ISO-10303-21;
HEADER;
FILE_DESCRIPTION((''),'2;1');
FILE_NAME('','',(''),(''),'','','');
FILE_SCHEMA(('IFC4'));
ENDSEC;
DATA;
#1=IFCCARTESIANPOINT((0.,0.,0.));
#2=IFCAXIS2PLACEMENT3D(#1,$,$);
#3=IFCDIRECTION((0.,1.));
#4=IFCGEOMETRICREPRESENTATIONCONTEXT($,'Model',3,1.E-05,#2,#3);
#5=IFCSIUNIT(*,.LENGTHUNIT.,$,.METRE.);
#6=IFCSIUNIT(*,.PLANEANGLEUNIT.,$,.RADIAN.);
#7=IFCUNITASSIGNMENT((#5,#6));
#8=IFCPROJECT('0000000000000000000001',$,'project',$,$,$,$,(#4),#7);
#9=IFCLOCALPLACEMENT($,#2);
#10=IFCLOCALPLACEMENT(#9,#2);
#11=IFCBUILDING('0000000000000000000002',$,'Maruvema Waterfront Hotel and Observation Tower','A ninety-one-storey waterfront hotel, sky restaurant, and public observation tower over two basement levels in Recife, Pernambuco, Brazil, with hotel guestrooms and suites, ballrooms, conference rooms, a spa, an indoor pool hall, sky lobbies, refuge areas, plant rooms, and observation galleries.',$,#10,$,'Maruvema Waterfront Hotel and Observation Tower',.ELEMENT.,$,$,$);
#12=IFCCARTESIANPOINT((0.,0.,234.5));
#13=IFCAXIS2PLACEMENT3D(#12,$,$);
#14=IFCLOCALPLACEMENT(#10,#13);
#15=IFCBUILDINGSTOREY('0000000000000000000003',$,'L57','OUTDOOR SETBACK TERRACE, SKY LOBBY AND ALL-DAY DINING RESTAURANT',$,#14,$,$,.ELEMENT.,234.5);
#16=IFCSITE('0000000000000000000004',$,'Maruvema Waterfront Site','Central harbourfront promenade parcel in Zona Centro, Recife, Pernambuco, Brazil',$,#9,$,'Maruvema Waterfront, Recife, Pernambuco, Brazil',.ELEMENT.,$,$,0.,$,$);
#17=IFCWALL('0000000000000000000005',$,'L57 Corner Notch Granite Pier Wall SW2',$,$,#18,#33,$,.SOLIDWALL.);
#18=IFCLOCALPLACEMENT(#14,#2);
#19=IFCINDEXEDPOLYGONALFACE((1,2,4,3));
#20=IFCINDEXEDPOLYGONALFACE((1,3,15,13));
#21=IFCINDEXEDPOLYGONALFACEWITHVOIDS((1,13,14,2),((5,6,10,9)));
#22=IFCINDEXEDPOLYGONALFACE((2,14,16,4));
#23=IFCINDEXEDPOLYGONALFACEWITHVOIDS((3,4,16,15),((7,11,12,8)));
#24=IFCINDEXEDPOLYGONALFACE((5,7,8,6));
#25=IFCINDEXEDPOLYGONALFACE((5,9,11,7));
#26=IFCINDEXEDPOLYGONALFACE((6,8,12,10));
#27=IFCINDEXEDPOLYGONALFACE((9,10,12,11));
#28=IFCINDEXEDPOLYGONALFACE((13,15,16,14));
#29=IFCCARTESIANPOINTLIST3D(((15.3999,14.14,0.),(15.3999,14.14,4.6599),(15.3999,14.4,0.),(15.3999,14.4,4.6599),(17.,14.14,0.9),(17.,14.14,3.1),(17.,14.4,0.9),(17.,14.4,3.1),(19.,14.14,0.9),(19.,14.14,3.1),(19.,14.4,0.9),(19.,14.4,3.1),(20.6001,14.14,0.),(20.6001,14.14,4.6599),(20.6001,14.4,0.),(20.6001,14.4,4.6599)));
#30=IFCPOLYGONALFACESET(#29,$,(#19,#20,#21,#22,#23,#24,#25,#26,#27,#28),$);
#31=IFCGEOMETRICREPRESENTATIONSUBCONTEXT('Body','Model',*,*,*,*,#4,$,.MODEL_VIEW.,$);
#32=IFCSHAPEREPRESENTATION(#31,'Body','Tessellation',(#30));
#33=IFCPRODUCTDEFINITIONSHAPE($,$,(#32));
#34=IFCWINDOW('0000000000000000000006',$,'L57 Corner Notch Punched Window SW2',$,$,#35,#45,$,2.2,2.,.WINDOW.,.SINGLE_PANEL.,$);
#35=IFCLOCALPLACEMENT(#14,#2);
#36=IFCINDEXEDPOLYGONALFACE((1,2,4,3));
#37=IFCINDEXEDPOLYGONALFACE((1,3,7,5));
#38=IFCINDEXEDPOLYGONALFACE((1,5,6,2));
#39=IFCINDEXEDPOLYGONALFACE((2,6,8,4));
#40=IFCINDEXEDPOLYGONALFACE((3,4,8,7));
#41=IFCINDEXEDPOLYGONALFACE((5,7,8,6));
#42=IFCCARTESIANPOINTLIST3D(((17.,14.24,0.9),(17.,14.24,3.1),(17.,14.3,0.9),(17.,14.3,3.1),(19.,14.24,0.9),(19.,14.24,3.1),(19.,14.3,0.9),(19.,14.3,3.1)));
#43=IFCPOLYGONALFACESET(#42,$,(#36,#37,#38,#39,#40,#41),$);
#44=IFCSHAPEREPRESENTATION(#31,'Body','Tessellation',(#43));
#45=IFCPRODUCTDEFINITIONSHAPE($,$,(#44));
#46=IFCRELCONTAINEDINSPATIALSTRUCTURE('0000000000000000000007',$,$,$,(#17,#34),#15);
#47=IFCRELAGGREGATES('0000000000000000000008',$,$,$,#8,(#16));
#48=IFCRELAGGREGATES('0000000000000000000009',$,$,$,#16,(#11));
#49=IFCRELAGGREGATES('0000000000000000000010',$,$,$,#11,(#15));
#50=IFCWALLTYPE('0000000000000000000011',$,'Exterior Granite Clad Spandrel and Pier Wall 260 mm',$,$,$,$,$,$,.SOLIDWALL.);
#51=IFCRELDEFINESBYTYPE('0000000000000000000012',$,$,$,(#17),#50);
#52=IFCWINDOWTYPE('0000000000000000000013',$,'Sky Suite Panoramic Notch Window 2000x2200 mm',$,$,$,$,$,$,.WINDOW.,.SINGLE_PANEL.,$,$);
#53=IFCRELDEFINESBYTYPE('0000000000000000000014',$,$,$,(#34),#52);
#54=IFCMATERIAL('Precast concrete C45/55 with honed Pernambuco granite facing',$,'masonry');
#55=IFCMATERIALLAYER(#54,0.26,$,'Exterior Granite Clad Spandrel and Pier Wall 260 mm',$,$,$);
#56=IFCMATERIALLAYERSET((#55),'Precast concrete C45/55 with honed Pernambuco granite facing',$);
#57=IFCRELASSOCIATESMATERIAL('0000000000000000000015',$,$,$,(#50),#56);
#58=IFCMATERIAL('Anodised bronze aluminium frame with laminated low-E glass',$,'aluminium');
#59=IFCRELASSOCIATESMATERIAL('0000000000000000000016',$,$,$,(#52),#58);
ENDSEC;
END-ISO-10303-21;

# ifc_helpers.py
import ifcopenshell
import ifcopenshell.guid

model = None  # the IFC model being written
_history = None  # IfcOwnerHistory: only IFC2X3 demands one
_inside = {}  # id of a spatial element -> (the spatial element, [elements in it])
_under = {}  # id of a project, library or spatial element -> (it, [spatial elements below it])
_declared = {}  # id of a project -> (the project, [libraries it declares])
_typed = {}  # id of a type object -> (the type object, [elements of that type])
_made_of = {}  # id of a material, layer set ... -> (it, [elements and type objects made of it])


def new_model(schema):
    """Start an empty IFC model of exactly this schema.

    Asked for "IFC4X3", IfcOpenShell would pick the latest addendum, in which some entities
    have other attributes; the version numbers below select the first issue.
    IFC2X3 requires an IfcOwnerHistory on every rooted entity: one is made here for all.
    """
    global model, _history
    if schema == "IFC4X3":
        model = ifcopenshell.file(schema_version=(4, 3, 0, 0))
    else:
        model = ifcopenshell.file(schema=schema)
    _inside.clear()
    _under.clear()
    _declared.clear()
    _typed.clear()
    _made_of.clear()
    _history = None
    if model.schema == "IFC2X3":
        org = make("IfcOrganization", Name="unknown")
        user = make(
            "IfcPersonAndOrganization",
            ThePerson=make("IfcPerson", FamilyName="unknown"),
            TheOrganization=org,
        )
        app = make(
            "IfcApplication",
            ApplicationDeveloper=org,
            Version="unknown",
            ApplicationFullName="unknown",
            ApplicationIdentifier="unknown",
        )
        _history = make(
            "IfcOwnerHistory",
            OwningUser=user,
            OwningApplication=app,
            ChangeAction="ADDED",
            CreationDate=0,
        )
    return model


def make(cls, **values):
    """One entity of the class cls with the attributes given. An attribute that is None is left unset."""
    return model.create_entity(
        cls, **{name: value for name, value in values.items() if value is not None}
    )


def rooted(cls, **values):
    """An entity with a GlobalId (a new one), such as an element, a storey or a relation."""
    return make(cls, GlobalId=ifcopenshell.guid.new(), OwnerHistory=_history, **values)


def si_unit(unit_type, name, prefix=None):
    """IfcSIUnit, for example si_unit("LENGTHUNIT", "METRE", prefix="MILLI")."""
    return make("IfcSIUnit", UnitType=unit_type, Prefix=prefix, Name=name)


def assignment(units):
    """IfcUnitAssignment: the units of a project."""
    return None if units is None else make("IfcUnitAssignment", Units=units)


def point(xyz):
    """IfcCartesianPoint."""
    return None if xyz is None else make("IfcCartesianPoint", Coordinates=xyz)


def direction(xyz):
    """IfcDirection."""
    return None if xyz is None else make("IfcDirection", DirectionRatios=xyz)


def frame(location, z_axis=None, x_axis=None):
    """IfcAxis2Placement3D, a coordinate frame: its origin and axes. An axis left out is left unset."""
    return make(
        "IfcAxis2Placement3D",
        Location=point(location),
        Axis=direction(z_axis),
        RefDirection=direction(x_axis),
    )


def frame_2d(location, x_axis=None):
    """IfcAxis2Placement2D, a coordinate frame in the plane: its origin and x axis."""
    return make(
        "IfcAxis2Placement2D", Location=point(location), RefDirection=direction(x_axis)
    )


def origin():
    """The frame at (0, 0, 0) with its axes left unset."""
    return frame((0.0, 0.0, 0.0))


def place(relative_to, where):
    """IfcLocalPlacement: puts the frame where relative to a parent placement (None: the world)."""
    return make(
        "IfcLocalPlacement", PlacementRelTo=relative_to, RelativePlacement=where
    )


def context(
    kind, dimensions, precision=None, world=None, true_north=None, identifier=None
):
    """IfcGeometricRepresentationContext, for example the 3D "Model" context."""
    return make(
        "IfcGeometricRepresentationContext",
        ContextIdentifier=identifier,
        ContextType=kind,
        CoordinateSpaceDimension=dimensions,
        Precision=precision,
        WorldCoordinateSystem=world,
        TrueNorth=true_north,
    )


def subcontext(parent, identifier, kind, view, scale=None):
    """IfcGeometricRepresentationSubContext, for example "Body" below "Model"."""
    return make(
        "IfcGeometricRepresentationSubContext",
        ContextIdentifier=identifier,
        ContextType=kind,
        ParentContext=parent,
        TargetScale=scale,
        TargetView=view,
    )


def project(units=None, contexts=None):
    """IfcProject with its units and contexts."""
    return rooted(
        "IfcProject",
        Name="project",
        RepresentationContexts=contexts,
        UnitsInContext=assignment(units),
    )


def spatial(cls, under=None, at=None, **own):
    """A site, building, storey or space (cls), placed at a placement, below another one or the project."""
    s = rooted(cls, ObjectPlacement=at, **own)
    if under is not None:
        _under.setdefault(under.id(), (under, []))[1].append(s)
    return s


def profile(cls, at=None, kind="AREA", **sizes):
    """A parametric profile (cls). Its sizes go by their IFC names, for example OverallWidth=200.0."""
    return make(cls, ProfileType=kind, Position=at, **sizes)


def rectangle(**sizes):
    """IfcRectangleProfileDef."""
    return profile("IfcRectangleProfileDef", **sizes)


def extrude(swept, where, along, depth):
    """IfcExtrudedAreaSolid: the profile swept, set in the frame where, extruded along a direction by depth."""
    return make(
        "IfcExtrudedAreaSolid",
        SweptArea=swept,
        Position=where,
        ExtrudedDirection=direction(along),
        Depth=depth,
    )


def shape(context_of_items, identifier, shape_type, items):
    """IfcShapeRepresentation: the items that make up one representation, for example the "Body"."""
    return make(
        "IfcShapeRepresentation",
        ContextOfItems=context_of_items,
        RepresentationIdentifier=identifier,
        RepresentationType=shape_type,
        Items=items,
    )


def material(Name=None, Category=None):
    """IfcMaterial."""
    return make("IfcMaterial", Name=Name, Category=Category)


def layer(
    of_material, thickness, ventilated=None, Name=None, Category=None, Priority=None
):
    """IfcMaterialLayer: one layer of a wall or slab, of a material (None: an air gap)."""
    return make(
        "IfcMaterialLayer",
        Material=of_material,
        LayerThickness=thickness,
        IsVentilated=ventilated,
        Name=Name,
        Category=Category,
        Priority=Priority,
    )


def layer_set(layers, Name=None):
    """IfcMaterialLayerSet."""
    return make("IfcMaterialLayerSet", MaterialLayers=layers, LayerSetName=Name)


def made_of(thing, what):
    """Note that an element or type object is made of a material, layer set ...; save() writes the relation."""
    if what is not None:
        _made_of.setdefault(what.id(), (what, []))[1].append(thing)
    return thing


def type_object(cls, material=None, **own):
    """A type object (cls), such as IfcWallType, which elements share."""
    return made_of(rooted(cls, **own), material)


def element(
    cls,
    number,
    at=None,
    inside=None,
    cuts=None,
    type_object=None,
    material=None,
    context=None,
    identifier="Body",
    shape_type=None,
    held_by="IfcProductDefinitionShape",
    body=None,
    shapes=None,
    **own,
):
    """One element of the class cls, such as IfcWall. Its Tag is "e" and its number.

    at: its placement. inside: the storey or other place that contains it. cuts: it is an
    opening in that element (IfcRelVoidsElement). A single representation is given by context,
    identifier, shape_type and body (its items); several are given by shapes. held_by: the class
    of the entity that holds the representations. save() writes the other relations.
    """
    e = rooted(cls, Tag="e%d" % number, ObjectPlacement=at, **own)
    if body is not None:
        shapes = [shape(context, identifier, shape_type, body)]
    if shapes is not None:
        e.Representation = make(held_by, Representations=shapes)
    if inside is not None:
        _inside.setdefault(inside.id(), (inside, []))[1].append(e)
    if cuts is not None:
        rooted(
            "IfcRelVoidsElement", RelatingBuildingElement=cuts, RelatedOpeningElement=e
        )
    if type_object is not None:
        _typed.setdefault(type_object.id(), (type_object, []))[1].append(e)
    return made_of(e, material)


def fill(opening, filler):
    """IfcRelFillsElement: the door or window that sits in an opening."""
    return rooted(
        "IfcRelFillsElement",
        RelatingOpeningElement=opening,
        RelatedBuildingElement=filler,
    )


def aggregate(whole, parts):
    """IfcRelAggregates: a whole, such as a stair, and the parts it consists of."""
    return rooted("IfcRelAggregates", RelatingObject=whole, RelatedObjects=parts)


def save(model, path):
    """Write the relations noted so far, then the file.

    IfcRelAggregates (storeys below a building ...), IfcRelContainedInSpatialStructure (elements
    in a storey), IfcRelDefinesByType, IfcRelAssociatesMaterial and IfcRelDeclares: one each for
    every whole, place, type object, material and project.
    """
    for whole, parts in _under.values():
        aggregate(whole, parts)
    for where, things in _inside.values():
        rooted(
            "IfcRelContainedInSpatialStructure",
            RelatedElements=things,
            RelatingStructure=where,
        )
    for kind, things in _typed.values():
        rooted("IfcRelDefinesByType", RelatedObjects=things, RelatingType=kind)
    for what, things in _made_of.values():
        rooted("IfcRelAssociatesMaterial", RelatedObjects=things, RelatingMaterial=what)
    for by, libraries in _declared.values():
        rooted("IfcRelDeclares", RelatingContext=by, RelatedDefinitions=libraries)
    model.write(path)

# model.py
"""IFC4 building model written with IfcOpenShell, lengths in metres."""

from ifc_helpers import new_model, si_unit, direction, frame, frame_2d, origin, place, context, subcontext, project, spatial, rectangle, extrude, material, layer, layer_set, type_object, element, fill, save


model = new_model("IFC4")

# Units and contexts
model_context = context("Model", 3, precision=1e-05, world=origin(), true_north=direction((0.0, 1.0)))
body_context = subcontext(model_context, "Body", "Model", "MODEL_VIEW")
ifc_project = project(units=[si_unit("LENGTHUNIT", "METRE"), si_unit("PLANEANGLEUNIT", "RADIAN")], contexts=[model_context])

# Site, building, storey
site_placement = place(None, origin())
site = spatial("IfcSite", under=ifc_project, at=site_placement, Name="Maruvema Waterfront Site", Description="Central harbourfront promenade parcel in Zona Centro, Recife, Pernambuco, Brazil", LongName="Maruvema Waterfront, Recife, Pernambuco, Brazil", CompositionType="ELEMENT", RefElevation=0.0)
building_placement = place(site_placement, origin())
building = spatial("IfcBuilding", under=site, at=building_placement, Name="Maruvema Waterfront Hotel and Observation Tower", Description="A ninety-one-storey waterfront hotel, sky restaurant, and public observation tower over two basement levels in Recife, Pernambuco, Brazil, with hotel guestrooms and suites, ballrooms, conference rooms, a spa, an indoor pool hall, sky lobbies, refuge areas, plant rooms, and observation galleries.", LongName="Maruvema Waterfront Hotel and Observation Tower", CompositionType="ELEMENT")
storey_placement = place(building_placement, frame((0.0, 0.0, 234.5)))
storey = spatial("IfcBuildingStorey", under=building, at=storey_placement, Name="L57", Description="OUTDOOR SETBACK TERRACE, SKY LOBBY AND ALL-DAY DINING RESTAURANT", CompositionType="ELEMENT", Elevation=234.5)

# Wall, opening, window
ifc_material_1 = material(Name="Precast concrete C45/55 with honed Pernambuco granite facing", Category="masonry")
ifc_layer_1 = layer(ifc_material_1, 0.26, Name="Exterior Granite Clad Spandrel and Pier Wall 260 mm")
ifc_layer_set_1 = layer_set([ifc_layer_1], Name="Precast concrete C45/55 with honed Pernambuco granite facing")
wall_type_1 = type_object("IfcWallType", Name="Exterior Granite Clad Spandrel and Pier Wall 260 mm", PredefinedType="SOLIDWALL", material=ifc_layer_set_1)
wall_1_placement = place(storey_placement, frame((20.6001, 14.27, 0.0), z_axis=(0.0, 0.0, 1.0), x_axis=(-1.0, 0.0, 0.0)))
wall_1 = element("IfcWall", 1, at=wall_1_placement, inside=storey, type_object=wall_type_1, Name="L57 Corner Notch Granite Pier Wall SW2", PredefinedType="SOLIDWALL", context=body_context, shape_type="SweptSolid", body=[
    extrude(rectangle(XDim=5.2002, YDim=0.26, at=frame_2d((2.6001, 0.0))), origin(), (0.0, 0.0, 1.0), 4.6599),
])
opening_placement = place(wall_1_placement, frame((1.6001, 0.0, 0.8999)))
opening = element("IfcOpeningElement", 2, at=opening_placement, cuts=wall_1, PredefinedType="OPENING", context=body_context, shape_type="SweptSolid", body=[
    extrude(rectangle(XDim=2.0, YDim=2.2, at=frame_2d((1.0, 1.1001))), frame((0.0, 0.1401, 0.0), z_axis=(0.0, -1.0, 0.0), x_axis=(1.0, 0.0, 0.0)), (0.0, 0.0, 1.0), 0.28),
])
ifc_material_2 = material(Name="Anodised bronze aluminium frame with laminated low-E glass", Category="aluminium")
window_type = type_object("IfcWindowType", Name="Sky Suite Panoramic Notch Window 2000x2200 mm", PartitioningType="SINGLE_PANEL", PredefinedType="WINDOW", material=ifc_material_2)
window_placement = place(opening_placement, origin())
window = element("IfcWindow", 3, at=window_placement, inside=storey, type_object=window_type, Name="L57 Corner Notch Punched Window SW2", OverallHeight=2.2, OverallWidth=2.0, PartitioningType="SINGLE_PANEL", PredefinedType="WINDOW", context=body_context, shape_type="SweptSolid", body=[
    extrude(rectangle(XDim=2.0, YDim=2.2, at=frame_2d((1.0, 1.1001))), frame((0.0, 0.03, 0.0), z_axis=(0.0, -1.0, 0.0), x_axis=(1.0, 0.0, 0.0)), (0.0, 0.0, 1.0), 0.0601),
])
fill(opening, window)

save(model, "model.ifc")
